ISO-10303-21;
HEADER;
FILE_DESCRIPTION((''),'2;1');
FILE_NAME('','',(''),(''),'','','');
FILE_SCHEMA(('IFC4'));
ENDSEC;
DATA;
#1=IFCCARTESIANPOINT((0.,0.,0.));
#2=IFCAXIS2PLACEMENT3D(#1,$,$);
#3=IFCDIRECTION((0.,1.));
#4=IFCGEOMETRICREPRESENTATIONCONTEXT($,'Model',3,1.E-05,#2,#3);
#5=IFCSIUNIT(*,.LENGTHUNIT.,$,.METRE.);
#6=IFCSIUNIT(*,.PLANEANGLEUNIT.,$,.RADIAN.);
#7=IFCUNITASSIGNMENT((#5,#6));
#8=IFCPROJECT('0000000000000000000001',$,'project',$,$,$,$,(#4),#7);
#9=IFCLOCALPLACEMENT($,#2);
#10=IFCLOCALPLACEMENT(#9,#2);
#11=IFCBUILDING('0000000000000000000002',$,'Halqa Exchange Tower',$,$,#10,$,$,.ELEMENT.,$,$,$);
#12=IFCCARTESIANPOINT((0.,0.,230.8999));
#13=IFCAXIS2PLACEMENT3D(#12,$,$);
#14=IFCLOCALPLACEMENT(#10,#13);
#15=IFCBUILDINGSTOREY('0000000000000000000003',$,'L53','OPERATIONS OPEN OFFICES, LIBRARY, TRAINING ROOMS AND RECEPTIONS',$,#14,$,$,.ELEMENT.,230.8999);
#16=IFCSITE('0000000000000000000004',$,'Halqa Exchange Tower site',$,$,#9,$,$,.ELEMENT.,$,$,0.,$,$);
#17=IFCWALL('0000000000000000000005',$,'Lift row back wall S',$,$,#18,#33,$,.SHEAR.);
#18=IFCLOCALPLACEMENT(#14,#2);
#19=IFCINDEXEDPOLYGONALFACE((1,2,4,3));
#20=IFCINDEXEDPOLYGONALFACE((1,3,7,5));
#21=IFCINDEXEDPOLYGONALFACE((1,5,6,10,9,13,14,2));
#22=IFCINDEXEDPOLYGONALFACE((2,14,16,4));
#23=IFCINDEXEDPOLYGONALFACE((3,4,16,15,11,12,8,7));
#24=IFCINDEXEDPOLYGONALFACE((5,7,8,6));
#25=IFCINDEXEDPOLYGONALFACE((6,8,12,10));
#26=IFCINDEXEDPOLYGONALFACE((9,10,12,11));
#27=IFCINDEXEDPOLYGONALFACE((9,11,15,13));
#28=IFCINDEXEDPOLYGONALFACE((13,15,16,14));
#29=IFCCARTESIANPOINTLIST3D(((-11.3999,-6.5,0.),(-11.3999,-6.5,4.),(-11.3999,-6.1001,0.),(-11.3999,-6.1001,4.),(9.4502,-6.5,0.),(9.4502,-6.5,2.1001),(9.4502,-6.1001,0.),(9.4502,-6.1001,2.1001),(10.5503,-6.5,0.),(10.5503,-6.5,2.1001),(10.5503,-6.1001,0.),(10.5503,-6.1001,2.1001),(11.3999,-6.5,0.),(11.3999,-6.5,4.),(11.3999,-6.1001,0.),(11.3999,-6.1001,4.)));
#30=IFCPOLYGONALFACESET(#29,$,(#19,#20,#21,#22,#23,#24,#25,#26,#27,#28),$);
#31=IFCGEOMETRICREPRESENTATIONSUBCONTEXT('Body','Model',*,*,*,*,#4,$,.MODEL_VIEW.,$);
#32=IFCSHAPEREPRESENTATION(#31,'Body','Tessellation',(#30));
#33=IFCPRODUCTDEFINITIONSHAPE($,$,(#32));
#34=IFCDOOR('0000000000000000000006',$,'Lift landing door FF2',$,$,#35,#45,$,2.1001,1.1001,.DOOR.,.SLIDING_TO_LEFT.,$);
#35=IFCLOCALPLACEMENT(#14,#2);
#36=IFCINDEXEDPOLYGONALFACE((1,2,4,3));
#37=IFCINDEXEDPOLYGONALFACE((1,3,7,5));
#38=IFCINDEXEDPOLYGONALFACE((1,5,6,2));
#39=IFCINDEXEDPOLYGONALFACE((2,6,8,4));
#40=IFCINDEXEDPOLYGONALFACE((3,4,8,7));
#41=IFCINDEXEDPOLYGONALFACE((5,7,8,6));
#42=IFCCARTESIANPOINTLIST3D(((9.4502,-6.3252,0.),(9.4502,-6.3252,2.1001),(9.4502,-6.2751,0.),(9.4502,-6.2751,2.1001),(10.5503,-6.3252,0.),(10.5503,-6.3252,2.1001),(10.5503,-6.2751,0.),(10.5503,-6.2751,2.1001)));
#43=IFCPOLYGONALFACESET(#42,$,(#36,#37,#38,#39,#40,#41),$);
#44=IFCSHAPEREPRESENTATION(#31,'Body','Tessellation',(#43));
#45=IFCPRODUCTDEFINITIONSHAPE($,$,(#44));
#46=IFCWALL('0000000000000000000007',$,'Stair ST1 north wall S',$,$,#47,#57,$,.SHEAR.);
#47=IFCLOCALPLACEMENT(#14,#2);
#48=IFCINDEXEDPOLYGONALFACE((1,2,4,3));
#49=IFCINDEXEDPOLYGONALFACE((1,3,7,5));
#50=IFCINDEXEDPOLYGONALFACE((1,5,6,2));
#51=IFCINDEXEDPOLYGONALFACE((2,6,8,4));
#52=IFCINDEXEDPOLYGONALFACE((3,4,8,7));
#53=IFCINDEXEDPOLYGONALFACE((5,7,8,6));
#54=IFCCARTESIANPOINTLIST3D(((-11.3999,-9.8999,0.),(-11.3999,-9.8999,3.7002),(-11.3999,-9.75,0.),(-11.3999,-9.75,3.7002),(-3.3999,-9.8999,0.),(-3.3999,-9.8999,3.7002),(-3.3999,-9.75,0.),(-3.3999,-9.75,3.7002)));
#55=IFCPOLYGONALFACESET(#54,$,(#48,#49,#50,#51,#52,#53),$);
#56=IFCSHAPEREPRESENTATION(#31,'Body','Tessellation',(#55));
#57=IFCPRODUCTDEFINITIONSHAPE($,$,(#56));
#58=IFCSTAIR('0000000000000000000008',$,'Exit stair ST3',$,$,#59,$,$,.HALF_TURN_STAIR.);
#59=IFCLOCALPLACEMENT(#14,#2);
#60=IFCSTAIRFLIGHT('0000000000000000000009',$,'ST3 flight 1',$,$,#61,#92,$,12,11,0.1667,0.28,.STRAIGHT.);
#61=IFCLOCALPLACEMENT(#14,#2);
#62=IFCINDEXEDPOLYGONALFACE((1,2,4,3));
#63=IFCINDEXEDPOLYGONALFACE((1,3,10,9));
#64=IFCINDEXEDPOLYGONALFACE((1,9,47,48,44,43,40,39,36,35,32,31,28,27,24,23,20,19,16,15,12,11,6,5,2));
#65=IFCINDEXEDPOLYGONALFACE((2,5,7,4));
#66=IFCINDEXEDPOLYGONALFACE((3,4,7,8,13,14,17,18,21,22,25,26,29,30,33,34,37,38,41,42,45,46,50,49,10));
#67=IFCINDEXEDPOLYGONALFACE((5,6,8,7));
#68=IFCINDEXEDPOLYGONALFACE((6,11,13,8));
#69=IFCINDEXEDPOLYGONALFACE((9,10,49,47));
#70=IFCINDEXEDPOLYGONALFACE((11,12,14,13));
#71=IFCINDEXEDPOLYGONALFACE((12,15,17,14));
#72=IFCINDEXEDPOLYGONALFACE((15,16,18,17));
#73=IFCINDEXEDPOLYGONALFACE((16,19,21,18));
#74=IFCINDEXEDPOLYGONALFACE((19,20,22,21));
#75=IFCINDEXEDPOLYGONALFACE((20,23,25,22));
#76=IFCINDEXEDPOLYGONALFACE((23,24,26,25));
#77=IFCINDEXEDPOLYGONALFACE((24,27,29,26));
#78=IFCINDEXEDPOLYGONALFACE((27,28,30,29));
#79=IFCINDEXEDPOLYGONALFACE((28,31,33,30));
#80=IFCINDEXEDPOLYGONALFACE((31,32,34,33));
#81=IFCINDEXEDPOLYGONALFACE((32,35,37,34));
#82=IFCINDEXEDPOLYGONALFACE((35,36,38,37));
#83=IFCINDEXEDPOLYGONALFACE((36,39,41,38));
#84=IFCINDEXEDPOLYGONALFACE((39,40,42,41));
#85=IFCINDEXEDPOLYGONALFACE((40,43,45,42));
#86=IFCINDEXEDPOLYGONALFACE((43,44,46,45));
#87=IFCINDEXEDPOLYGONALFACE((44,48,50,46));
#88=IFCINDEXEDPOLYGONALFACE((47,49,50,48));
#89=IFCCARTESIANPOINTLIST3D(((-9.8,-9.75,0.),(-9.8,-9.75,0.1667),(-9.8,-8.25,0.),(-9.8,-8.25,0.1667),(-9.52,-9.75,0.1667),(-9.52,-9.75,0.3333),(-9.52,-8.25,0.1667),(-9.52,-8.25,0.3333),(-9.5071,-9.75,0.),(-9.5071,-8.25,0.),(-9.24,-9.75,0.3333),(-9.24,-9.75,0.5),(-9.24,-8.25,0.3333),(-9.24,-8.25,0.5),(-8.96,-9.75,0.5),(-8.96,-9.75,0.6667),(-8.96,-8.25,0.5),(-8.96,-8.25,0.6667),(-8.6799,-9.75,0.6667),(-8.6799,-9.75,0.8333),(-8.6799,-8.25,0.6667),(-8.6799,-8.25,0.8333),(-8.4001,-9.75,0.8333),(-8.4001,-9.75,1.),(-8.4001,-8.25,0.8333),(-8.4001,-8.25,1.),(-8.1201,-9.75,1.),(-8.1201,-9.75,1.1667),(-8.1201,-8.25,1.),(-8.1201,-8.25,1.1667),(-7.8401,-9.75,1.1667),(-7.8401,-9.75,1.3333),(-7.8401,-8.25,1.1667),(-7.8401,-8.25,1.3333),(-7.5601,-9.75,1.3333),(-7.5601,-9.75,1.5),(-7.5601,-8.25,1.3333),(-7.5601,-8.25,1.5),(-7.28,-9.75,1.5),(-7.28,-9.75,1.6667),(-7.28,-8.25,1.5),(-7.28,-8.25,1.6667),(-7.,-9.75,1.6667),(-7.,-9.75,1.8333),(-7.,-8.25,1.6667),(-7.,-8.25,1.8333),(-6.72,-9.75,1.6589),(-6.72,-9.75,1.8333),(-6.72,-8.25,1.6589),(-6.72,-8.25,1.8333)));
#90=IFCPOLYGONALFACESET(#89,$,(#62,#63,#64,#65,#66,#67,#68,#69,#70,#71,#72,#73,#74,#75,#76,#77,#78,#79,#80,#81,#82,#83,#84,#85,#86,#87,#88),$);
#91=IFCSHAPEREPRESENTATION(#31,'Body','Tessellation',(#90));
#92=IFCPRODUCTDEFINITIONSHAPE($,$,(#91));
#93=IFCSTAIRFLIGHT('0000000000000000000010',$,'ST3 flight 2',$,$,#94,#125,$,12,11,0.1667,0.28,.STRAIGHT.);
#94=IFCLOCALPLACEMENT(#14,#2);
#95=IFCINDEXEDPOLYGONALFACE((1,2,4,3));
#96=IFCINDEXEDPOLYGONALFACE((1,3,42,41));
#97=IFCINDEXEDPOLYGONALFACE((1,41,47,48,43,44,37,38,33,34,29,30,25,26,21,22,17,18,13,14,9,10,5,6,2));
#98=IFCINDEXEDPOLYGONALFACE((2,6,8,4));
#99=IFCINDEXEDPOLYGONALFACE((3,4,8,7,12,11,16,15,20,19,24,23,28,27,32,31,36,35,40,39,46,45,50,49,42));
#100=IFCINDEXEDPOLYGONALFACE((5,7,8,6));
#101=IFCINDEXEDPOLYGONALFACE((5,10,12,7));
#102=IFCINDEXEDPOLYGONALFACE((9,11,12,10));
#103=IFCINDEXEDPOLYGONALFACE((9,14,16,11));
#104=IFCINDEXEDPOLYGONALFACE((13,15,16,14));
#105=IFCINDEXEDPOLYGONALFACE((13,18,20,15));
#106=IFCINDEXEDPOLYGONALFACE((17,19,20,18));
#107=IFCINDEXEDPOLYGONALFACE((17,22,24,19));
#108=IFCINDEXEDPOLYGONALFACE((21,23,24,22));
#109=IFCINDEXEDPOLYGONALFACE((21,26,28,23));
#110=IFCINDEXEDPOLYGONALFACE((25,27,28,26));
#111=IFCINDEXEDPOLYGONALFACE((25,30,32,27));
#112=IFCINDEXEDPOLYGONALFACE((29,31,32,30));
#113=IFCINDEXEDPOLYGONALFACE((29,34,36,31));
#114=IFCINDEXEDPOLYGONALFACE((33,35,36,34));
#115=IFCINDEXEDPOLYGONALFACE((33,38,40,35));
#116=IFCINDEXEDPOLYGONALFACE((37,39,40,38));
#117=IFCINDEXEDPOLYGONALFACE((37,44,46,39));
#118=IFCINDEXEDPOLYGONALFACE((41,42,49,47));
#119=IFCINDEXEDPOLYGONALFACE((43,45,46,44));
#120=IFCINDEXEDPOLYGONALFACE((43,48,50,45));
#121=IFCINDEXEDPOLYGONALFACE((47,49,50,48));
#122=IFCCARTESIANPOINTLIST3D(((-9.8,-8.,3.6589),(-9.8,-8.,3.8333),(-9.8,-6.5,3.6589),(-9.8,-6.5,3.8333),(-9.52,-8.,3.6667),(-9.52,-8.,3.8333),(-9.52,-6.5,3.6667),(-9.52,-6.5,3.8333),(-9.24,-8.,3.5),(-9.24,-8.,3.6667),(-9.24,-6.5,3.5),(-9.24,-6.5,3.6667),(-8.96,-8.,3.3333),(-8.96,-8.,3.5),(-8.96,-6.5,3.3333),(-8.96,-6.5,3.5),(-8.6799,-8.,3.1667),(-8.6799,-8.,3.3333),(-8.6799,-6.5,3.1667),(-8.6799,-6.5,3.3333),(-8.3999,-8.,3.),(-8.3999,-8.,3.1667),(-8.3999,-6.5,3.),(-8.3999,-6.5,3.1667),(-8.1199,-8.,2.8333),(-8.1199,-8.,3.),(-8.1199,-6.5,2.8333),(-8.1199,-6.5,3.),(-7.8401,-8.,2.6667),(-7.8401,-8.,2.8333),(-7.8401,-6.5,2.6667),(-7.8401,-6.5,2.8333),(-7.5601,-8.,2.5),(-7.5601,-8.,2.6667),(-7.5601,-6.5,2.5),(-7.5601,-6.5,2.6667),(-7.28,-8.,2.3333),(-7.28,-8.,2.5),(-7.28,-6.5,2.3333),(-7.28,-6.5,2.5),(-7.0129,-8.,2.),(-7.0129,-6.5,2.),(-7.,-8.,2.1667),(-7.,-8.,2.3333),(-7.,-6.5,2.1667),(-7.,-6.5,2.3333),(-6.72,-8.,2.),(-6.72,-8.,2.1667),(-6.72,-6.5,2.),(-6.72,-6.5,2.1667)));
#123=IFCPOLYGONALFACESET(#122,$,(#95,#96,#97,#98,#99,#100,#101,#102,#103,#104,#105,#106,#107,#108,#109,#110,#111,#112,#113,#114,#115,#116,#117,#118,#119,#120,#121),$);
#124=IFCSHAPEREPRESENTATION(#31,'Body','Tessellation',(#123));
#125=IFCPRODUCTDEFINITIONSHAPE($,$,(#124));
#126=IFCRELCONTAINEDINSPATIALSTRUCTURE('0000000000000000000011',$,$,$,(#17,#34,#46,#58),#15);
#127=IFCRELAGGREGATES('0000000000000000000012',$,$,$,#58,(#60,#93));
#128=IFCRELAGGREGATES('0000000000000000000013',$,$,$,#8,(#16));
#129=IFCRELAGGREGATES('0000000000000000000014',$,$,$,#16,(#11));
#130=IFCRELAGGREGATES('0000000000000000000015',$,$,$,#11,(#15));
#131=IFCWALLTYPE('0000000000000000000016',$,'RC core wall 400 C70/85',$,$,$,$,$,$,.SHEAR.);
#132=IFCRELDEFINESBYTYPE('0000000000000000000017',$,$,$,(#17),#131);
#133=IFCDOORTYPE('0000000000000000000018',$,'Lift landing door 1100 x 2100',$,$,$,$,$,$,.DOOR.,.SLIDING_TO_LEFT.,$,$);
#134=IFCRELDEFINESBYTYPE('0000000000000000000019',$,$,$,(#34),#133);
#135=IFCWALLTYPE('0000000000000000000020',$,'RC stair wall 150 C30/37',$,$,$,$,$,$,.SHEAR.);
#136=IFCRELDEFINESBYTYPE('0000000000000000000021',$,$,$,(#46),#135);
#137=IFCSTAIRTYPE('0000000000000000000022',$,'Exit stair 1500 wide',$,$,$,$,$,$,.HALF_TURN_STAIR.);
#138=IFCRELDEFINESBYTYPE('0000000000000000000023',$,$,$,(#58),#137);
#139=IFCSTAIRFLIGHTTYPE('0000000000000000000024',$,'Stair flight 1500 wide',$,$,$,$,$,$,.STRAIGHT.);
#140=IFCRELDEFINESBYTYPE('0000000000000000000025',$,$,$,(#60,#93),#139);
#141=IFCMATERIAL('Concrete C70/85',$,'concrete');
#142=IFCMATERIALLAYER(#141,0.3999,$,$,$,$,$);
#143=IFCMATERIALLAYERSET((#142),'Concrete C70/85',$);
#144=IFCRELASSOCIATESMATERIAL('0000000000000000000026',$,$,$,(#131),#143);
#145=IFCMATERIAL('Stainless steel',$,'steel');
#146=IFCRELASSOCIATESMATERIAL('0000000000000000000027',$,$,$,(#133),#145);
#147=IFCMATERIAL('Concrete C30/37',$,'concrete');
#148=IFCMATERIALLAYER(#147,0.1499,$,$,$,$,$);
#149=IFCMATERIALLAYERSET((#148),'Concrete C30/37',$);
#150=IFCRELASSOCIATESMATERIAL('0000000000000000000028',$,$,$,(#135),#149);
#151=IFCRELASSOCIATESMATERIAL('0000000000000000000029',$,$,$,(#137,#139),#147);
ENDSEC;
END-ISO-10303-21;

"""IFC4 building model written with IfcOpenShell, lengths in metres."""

from ifc_helpers import new_model, si_unit, direction, frame, frame_2d, origin, place, context, subcontext, project, spatial, polyline, rectangle, outline, extrude, material, layer, layer_set, type_object, element, fill, aggregate, save


model = new_model("IFC4")

# Units and contexts
model_context = context("Model", 3, precision=1e-05, world=origin(), true_north=direction((0.0, 1.0)))
body_context = subcontext(model_context, "Body", "Model", "MODEL_VIEW")
ifc_project = project(units=[si_unit("LENGTHUNIT", "METRE"), si_unit("PLANEANGLEUNIT", "RADIAN")], contexts=[model_context])

# Site, building, storey
site_placement = place(None, origin())
site = spatial("IfcSite", under=ifc_project, at=site_placement, Name="Halqa Exchange Tower site", CompositionType="ELEMENT", RefElevation=0.0)
building_placement = place(site_placement, origin())
building = spatial("IfcBuilding", under=site, at=building_placement, Name="Halqa Exchange Tower", CompositionType="ELEMENT")
storey_placement = place(building_placement, frame((0.0, 0.0, 230.8999)))
storey = spatial("IfcBuildingStorey", under=building, at=storey_placement, Name="L53", Description="OPERATIONS OPEN OFFICES, LIBRARY, TRAINING ROOMS AND RECEPTIONS", CompositionType="ELEMENT", Elevation=230.8999)

# Shared definitions
ifc_material_1 = material(Name="Concrete C70/85", Category="concrete")
ifc_layer_1 = layer(ifc_material_1, 0.3999)
ifc_layer_set_1 = layer_set([ifc_layer_1], Name="Concrete C70/85")
wall_type_1 = type_object("IfcWallType", Name="RC core wall 400 C70/85", PredefinedType="SHEAR", material=ifc_layer_set_1)
ifc_material_2 = material(Name="Stainless steel", Category="steel")
door_type_1 = type_object("IfcDoorType", Name="Lift landing door 1100 x 2100", OperationType="SLIDING_TO_LEFT", PredefinedType="DOOR", material=ifc_material_2)

# Wall, opening, door
wall_1_placement = place(storey_placement, frame((-11.3999, -6.3, 0.0), z_axis=(0.0, 0.0, 1.0), x_axis=(1.0, 0.0, 0.0)))
wall_1 = element("IfcWall", 1, at=wall_1_placement, inside=storey, type_object=wall_type_1, Name="Lift row back wall S", PredefinedType="SHEAR", context=body_context, shape_type="SweptSolid", body=[
    extrude(rectangle(XDim=22.7998, YDim=0.3999, at=frame_2d((11.3999, 0.0))), origin(), (0.0, 0.0, 1.0), 4.0),
])
opening_1_placement = place(wall_1_placement, frame((20.8501, 0.0, 0.0)))
opening_1 = element("IfcOpeningElement", 2, at=opening_1_placement, cuts=wall_1, PredefinedType="OPENING", context=body_context, shape_type="SweptSolid", body=[
    extrude(rectangle(XDim=1.1001, YDim=2.1001, at=frame_2d((0.55, 1.05))), frame((0.0, 0.2119, 0.0), z_axis=(0.0, -1.0, 0.0), x_axis=(1.0, 0.0, 0.0)), (0.0, 0.0, 1.0), 0.4238),
])
door_1_placement = place(opening_1_placement, origin())
door_1 = element("IfcDoor", 3, at=door_1_placement, inside=storey, type_object=door_type_1, Name="Lift landing door FF2", OperationType="SLIDING_TO_LEFT", OverallHeight=2.1001, OverallWidth=1.1001, PredefinedType="DOOR", context=body_context, shape_type="SweptSolid", body=[
    extrude(rectangle(XDim=1.1001, YDim=2.1001, at=frame_2d((0.55, 1.05))), frame((0.0, 0.0249, 0.0), z_axis=(0.0, -1.0, 0.0), x_axis=(1.0, 0.0, 0.0)), (0.0, 0.0, 1.0), 0.05),
])
fill(opening_1, door_1)

# Wall
ifc_material_3 = material(Name="Concrete C30/37", Category="concrete")
ifc_layer_2 = layer(ifc_material_3, 0.1499)
ifc_layer_set_2 = layer_set([ifc_layer_2], Name="Concrete C30/37")
wall_type_2 = type_object("IfcWallType", Name="RC stair wall 150 C30/37", PredefinedType="SHEAR", material=ifc_layer_set_2)
wall_2_placement = place(storey_placement, frame((-11.3999, -9.825, 0.0), z_axis=(0.0, 0.0, 1.0), x_axis=(1.0, 0.0, 0.0)))
element("IfcWall", 4, at=wall_2_placement, inside=storey, type_object=wall_type_2, Name="Stair ST1 north wall S", PredefinedType="SHEAR", context=body_context, shape_type="SweptSolid", body=[
    extrude(rectangle(XDim=8.0, YDim=0.1499, at=frame_2d((4.0, 0.0))), origin(), (0.0, 0.0, 1.0), 3.7002),
])

# Stair, stair flights
stair_type = type_object("IfcStairType", Name="Exit stair 1500 wide", PredefinedType="HALF_TURN_STAIR", material=ifc_material_3)
stair_placement = place(storey_placement, origin())
stair = element("IfcStair", 5, at=stair_placement, inside=storey, type_object=stair_type, Name="Exit stair ST3", PredefinedType="HALF_TURN_STAIR")
stair_flight_type = type_object("IfcStairFlightType", Name="Stair flight 1500 wide", PredefinedType="STRAIGHT", material=ifc_material_3)
stair_flight_1_placement = place(storey_placement, frame((-9.8, -9.0, 0.0), z_axis=(0.0, 0.0, 1.0), x_axis=(1.0, 0.0, 0.0)))
stair_flight_1 = element("IfcStairFlight", 6, at=stair_flight_1_placement, type_object=stair_flight_type, Name="ST3 flight 1", NumberOfRisers=12, NumberOfTreads=11, PredefinedType="STRAIGHT", RiserHeight=0.1667, TreadLength=0.28, context=body_context, shape_type="SweptSolid", body=[
    extrude(outline(polyline([(0.0, 0.0), (0.0, 0.1667), (0.28, 0.1667), (0.28, 0.3333), (0.5601, 0.3333), (0.5601, 0.5), (0.8401, 0.5), (0.8401, 0.6667), (1.1201, 0.6667), (1.1201, 0.8333), (1.3999, 0.8333), (1.3999, 1.0), (1.6799, 1.0), (1.6799, 1.1667), (1.96, 1.1667), (1.96, 1.3333), (2.24, 1.3333), (2.24, 1.5), (2.52, 1.5), (2.52, 1.6667), (2.8, 1.6667), (2.8, 1.8333), (3.0801, 1.8333), (3.0801, 2.0), (3.0801, 1.6589), (0.293, 0.0), (0.0, 0.0)])), frame((0.0, 0.75, 0.0), z_axis=(0.0, -1.0, 0.0), x_axis=(1.0, 0.0, 0.0)), (0.0, 0.0, 1.0), 1.5),
])
stair_flight_2_placement = place(storey_placement, frame((-6.72, -7.25, 2.0), z_axis=(0.0, 0.0, 1.0), x_axis=(-1.0, 0.0, 0.0)))
stair_flight_2 = element("IfcStairFlight", 7, at=stair_flight_2_placement, type_object=stair_flight_type, Name="ST3 flight 2", NumberOfRisers=12, NumberOfTreads=11, PredefinedType="STRAIGHT", RiserHeight=0.1667, TreadLength=0.28, context=body_context, shape_type="SweptSolid", body=[
    extrude(outline(polyline([(0.0, 0.0), (0.0, 0.1667), (0.28, 0.1667), (0.28, 0.3333), (0.5601, 0.3333), (0.5601, 0.5), (0.8401, 0.5), (0.8401, 0.6667), (1.1201, 0.6667), (1.1201, 0.8333), (1.3999, 0.8333), (1.3999, 1.0), (1.6799, 1.0), (1.6799, 1.1667), (1.96, 1.1667), (1.96, 1.3333), (2.24, 1.3333), (2.24, 1.5), (2.52, 1.5), (2.52, 1.6667), (2.8, 1.6667), (2.8, 1.8333), (3.0801, 1.8333), (3.0801, 2.0), (3.0801, 1.6589), (0.293, 0.0), (0.0, 0.0)])), frame((0.0, 0.75, 0.0), z_axis=(0.0, -1.0, 0.0), x_axis=(1.0, 0.0, 0.0)), (0.0, 0.0, 1.0), 1.5),
])
aggregate(stair, [stair_flight_1, stair_flight_2])

save(model, "model.ifc")
